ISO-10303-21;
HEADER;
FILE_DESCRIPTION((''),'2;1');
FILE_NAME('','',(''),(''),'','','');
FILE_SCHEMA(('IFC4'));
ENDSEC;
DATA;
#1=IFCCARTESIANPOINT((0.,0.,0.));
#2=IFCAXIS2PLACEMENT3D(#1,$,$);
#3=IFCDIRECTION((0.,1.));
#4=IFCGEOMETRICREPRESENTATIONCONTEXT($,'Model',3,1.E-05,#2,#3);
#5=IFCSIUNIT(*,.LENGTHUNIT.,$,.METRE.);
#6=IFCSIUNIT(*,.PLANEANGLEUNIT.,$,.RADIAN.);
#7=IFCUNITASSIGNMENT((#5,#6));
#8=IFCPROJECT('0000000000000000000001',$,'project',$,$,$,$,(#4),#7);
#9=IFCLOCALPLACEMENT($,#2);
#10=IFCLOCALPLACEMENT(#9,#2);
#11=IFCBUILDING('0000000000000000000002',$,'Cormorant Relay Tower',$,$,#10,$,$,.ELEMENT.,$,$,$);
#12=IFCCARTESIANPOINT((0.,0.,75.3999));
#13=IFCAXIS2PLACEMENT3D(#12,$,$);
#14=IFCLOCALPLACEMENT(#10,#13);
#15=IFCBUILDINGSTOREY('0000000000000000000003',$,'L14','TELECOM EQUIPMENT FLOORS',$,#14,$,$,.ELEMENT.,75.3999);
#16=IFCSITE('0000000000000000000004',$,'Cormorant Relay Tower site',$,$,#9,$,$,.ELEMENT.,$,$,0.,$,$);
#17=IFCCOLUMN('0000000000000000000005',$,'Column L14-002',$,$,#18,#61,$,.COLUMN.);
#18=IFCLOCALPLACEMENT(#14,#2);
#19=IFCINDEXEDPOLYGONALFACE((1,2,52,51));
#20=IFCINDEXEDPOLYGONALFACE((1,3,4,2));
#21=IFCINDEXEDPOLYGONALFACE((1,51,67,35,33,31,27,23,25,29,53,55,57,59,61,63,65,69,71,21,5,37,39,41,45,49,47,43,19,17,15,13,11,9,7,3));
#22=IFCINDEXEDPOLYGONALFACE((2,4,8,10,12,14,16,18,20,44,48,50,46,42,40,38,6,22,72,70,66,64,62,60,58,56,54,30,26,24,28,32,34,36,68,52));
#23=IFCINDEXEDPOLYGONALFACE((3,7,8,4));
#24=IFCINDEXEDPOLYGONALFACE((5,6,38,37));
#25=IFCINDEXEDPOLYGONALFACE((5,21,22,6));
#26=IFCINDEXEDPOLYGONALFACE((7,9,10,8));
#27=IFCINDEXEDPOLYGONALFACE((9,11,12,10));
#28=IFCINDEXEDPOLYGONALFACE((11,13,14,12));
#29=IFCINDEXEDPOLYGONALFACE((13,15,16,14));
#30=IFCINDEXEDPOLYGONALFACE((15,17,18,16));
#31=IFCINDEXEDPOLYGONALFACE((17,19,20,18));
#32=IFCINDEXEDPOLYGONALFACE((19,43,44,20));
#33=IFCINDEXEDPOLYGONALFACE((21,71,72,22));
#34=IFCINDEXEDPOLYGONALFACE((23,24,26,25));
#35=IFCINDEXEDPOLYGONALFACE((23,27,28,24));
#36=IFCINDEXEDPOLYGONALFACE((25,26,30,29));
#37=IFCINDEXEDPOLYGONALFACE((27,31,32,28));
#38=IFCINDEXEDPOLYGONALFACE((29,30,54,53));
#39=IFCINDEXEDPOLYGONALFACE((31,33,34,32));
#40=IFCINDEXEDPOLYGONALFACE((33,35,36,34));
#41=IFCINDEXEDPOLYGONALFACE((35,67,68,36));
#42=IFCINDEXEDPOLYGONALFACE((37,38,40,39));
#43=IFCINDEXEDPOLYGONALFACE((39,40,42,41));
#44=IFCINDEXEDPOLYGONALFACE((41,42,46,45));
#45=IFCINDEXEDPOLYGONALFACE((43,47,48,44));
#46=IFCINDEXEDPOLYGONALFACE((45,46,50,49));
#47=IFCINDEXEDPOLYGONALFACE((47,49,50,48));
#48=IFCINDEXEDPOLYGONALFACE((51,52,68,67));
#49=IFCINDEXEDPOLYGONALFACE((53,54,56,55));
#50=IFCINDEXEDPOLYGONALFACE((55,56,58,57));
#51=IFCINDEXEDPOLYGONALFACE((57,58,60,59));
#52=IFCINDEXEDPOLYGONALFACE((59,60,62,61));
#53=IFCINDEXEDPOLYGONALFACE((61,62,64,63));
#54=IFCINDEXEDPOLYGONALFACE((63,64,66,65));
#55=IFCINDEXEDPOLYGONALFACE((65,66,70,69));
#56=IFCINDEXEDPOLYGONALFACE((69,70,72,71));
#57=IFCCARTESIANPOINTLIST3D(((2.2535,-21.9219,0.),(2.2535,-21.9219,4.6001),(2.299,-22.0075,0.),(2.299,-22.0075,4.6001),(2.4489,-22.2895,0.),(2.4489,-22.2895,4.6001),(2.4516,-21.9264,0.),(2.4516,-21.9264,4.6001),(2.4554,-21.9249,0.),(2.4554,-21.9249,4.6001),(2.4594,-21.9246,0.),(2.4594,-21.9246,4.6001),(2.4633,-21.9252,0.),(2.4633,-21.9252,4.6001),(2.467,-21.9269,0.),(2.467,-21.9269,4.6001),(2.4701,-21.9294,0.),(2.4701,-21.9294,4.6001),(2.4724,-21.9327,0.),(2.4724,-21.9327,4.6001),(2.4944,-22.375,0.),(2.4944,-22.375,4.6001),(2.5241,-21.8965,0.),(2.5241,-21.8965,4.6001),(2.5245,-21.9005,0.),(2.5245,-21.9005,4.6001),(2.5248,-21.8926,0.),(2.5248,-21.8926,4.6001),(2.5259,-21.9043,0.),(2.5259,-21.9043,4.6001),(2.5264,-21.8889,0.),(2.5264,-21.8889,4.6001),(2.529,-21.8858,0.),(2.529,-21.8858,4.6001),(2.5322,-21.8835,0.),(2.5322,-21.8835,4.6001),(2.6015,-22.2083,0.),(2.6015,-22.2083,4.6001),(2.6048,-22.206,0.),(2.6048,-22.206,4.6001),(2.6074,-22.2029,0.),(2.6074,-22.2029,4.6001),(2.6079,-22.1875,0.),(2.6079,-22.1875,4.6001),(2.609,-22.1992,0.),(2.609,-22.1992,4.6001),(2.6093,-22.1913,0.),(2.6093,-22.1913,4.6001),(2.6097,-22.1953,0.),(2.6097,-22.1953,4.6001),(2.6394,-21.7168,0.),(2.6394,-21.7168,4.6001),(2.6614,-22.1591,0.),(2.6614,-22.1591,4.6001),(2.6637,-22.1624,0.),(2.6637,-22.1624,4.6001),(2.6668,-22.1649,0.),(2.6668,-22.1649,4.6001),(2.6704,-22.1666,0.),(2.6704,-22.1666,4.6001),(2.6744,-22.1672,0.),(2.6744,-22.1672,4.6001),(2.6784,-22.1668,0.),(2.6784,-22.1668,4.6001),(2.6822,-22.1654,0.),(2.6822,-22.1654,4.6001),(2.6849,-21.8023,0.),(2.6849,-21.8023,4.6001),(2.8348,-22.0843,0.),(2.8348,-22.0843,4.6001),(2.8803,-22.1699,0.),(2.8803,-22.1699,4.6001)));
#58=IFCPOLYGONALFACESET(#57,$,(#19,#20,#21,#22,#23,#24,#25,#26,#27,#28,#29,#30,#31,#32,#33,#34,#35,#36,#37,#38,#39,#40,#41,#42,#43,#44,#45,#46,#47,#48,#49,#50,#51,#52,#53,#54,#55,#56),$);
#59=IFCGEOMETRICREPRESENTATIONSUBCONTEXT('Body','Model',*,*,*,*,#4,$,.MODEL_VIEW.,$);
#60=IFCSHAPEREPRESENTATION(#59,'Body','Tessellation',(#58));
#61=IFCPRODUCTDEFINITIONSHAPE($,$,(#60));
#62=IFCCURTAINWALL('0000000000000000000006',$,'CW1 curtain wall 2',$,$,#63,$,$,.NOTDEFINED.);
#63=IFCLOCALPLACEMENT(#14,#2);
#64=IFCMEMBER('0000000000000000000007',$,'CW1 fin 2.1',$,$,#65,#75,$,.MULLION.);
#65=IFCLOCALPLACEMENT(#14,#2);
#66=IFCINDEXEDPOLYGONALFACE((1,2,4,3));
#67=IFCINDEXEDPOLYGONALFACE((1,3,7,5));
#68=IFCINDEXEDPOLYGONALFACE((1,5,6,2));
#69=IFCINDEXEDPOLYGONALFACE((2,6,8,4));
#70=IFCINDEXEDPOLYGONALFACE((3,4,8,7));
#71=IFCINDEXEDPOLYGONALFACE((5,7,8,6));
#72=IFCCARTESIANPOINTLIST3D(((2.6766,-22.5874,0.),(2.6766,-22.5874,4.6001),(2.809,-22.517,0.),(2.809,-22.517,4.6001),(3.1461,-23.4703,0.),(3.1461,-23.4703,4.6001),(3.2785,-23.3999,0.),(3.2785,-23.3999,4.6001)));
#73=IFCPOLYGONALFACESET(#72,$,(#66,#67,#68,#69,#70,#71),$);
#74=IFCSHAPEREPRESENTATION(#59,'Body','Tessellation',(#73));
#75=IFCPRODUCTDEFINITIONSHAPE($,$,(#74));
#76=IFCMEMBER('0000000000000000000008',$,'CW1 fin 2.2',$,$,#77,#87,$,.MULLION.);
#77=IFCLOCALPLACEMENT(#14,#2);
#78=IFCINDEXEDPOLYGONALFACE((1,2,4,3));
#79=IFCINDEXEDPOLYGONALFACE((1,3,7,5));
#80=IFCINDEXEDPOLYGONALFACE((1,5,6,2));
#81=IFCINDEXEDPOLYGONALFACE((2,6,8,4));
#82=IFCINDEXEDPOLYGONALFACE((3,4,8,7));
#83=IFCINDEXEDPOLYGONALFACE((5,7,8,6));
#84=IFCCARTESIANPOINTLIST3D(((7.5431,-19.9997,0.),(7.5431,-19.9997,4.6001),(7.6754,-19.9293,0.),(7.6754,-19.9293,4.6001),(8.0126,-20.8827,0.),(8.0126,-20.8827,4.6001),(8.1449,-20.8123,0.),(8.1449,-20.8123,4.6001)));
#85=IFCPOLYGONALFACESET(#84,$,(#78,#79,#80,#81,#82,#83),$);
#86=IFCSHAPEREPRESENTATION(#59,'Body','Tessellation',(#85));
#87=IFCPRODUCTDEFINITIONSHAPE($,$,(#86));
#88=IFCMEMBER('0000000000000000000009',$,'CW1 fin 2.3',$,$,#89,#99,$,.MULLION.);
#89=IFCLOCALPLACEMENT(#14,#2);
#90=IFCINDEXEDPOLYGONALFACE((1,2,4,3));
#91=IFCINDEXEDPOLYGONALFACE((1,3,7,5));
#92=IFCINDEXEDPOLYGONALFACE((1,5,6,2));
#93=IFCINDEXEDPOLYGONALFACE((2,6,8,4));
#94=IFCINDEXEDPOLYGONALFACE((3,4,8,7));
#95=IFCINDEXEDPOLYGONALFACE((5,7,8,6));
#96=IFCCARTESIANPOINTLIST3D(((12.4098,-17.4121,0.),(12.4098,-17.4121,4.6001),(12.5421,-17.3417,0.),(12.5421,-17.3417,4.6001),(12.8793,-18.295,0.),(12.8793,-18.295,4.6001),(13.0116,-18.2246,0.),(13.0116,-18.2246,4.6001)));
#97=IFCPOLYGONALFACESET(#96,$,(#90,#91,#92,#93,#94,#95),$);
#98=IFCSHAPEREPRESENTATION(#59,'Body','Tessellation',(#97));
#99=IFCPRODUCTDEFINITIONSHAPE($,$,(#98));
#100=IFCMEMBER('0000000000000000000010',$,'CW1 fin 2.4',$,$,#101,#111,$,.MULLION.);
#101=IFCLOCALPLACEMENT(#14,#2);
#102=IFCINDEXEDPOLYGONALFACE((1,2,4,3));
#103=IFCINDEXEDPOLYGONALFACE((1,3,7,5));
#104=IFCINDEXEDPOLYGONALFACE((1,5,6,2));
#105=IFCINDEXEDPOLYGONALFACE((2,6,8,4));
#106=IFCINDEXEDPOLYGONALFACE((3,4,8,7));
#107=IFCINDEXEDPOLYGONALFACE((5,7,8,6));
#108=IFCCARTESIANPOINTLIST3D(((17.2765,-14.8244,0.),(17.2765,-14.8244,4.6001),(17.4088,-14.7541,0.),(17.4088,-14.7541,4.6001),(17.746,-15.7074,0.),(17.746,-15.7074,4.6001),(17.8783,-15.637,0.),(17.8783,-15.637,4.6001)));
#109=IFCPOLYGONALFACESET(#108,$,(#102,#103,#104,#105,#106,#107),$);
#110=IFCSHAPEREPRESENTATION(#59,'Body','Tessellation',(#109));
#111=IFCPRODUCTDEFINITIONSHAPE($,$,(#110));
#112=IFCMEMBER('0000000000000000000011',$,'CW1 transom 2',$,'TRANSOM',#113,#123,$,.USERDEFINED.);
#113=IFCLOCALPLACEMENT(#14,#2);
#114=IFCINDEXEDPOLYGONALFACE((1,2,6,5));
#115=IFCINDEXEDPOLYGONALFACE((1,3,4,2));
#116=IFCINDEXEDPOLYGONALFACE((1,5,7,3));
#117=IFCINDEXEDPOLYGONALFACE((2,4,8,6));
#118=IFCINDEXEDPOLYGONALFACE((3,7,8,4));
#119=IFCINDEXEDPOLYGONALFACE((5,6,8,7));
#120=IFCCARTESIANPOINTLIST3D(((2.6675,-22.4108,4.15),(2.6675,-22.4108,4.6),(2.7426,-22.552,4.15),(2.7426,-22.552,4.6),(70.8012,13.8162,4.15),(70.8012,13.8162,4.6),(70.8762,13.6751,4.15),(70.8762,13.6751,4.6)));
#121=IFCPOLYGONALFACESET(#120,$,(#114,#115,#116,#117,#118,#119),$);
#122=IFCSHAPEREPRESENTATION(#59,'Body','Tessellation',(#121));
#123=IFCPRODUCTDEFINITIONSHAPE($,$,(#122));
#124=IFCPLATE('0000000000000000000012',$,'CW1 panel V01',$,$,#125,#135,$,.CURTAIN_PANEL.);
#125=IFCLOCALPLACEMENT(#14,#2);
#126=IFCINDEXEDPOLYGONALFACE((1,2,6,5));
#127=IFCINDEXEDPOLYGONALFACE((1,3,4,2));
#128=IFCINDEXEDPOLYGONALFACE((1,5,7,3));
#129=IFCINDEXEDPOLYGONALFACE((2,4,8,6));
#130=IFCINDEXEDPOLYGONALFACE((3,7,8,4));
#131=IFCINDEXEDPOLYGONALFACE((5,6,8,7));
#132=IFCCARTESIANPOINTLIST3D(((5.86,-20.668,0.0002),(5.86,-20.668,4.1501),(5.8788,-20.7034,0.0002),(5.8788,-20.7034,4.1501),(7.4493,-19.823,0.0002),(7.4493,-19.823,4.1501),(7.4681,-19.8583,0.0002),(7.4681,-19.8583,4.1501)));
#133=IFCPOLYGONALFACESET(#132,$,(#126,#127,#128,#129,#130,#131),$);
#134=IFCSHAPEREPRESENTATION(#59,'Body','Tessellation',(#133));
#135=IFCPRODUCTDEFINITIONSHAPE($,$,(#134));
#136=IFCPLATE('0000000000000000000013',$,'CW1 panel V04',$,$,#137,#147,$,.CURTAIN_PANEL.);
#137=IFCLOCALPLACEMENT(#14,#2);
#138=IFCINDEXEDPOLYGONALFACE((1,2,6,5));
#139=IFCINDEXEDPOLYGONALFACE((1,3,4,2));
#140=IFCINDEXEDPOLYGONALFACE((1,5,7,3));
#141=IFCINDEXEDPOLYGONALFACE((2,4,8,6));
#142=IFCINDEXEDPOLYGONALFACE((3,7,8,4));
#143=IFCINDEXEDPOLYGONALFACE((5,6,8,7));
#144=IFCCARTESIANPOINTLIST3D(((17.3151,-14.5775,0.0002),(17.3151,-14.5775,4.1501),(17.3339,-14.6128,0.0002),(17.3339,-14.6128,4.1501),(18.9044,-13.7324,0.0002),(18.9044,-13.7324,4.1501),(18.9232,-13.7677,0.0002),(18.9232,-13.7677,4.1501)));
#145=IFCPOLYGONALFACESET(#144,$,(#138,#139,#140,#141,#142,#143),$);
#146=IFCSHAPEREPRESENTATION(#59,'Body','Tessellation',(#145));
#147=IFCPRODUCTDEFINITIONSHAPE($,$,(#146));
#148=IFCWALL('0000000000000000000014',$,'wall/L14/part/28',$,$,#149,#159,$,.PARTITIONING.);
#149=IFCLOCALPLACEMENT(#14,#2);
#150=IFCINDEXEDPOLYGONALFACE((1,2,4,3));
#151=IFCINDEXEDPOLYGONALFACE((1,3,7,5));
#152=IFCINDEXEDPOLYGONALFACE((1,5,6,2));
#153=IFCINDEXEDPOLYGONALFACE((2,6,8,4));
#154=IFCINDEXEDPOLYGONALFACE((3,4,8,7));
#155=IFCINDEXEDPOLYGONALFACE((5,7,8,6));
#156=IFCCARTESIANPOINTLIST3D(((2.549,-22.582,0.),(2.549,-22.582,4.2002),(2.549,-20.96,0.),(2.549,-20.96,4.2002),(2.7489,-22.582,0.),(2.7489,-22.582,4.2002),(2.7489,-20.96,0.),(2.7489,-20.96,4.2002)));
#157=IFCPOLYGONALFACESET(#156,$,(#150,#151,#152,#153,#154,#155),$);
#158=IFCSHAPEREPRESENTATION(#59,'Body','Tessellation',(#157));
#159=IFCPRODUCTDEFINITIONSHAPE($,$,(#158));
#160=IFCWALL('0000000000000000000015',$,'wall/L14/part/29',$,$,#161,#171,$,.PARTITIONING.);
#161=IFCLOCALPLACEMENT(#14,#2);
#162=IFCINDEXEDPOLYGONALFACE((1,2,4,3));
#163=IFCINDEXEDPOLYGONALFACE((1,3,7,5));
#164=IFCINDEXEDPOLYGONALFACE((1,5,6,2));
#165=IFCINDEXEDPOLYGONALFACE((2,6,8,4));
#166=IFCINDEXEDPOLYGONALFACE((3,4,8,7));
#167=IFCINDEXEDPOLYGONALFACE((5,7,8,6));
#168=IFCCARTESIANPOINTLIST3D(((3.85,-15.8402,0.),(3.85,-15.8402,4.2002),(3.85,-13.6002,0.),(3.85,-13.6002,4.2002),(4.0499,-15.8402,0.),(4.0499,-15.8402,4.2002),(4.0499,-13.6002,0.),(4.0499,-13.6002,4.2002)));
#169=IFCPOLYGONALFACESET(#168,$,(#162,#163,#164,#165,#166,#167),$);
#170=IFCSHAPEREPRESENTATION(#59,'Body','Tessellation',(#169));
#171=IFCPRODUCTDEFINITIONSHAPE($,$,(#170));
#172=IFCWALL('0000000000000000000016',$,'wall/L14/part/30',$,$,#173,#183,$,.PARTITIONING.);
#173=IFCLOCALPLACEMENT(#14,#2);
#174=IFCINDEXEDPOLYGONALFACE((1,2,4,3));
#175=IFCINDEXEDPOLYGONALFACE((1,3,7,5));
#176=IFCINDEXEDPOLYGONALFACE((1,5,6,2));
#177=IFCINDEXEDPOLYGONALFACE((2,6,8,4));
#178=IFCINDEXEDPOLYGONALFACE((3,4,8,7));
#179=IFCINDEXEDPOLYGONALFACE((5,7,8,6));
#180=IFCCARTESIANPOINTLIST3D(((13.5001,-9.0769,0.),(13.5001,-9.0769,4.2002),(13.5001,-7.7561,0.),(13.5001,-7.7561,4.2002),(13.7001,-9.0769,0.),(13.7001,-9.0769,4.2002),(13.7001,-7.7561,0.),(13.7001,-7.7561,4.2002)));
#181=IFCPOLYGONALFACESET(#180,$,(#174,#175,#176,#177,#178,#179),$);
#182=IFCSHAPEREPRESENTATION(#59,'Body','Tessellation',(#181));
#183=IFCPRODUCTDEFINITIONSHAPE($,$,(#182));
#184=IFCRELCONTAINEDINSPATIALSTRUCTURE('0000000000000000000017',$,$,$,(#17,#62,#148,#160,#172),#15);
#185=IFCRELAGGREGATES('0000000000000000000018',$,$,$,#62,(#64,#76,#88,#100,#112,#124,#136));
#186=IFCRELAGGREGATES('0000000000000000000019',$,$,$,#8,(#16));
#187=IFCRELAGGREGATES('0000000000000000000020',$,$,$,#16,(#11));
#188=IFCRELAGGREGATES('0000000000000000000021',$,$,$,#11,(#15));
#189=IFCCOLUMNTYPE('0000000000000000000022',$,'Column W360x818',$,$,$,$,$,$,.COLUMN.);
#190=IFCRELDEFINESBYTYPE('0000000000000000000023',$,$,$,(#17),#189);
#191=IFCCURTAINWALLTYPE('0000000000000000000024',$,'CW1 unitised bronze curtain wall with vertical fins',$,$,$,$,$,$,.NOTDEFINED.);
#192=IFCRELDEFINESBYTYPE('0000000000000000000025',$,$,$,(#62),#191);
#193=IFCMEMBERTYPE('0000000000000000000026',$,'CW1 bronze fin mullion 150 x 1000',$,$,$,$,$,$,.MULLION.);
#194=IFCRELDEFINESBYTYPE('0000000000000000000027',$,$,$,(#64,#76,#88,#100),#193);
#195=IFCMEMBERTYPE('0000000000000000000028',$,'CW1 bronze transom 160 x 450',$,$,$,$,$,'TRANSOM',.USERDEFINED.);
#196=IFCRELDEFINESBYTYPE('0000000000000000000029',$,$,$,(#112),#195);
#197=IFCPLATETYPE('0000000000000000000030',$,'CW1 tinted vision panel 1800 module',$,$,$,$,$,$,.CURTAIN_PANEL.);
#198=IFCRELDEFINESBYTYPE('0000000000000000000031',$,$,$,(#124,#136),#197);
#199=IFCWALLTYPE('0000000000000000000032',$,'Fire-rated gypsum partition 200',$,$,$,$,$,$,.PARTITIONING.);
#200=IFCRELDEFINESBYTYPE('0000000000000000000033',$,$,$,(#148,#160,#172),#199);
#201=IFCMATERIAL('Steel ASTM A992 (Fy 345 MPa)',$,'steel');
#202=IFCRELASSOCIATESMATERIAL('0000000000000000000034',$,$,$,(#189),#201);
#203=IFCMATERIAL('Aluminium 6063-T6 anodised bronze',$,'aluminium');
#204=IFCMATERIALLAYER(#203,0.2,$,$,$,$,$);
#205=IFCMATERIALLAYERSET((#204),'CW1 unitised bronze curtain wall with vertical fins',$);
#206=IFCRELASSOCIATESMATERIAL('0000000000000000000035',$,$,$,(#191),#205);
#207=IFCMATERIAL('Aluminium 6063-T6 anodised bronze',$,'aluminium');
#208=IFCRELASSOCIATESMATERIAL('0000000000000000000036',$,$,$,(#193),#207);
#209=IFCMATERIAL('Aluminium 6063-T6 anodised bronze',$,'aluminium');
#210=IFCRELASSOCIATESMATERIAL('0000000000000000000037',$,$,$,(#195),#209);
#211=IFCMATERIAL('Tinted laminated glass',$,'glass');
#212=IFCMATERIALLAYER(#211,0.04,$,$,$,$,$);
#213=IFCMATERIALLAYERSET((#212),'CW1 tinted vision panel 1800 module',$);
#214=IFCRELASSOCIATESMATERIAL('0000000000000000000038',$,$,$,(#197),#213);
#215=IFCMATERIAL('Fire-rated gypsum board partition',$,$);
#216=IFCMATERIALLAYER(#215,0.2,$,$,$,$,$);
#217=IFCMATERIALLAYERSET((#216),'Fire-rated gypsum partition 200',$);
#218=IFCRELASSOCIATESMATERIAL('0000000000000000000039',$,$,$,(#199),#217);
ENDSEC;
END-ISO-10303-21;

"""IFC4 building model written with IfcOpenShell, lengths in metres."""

from ifc_helpers import new_model, si_unit, direction, frame, frame_2d, origin, origin_2d, place, context, subcontext, project, spatial, rectangle, i_section, extrude, material, layer, layer_set, material_profile, profile_set, type_object, element, aggregate, save


model = new_model("IFC4")

# Units and contexts
model_context = context("Model", 3, precision=1e-05, world=origin(), true_north=direction((0.0, 1.0)))
body_context = subcontext(model_context, "Body", "Model", "MODEL_VIEW")
ifc_project = project(units=[si_unit("LENGTHUNIT", "METRE"), si_unit("PLANEANGLEUNIT", "RADIAN")], contexts=[model_context])

# Site, building, storey
site_placement = place(None, origin())
site = spatial("IfcSite", under=ifc_project, at=site_placement, Name="Cormorant Relay Tower site", CompositionType="ELEMENT", RefElevation=0.0)
building_placement = place(site_placement, origin())
building = spatial("IfcBuilding", under=site, at=building_placement, Name="Cormorant Relay Tower", CompositionType="ELEMENT")
storey_placement = place(building_placement, frame((0.0, 0.0, 75.3999)))
storey = spatial("IfcBuildingStorey", under=building, at=storey_placement, Name="L14", Description="TELECOM EQUIPMENT FLOORS", CompositionType="ELEMENT", Elevation=75.3999)

# Column
ifc_material_1 = material(Name="Steel ASTM A992 (Fy 345 MPa)", Category="steel")
ifc_material_profile_1 = material_profile(ifc_material_1, i_section(OverallWidth=0.437, OverallDepth=0.5132, WebThickness=0.0605, FlangeThickness=0.0969, FilletRadius=0.0154, at=origin_2d()), Name="W360x818")
ifc_profile_set_1 = profile_set([ifc_material_profile_1], Name="Steel ASTM A992 (Fy 345 MPa)")
column_type_1 = type_object("IfcColumnType", Name="Column W360x818", PredefinedType="COLUMN", material=ifc_profile_set_1)
column_1_placement = place(storey_placement, frame((2.5669, -22.0459, 0.0), z_axis=(0.0, 0.0, 1.0), x_axis=(0.882948, 0.469472, 0.0)))
element("IfcColumn", 1, at=column_1_placement, inside=storey, type_object=column_type_1, Name="Column L14-002", PredefinedType="COLUMN", context=body_context, shape_type="SweptSolid", body=[
    extrude(i_section(OverallWidth=0.437, OverallDepth=0.5132, WebThickness=0.0605, FlangeThickness=0.0969, FilletRadius=0.0154, at=origin_2d()), origin(), (0.0, 0.0, 1.0), 4.6001),
])

# Curtain wall, members, plates
ifc_material_2 = material(Name="Aluminium 6063-T6 anodised bronze", Category="aluminium")
ifc_layer_1 = layer(ifc_material_2, 0.2)
ifc_layer_set_1 = layer_set([ifc_layer_1], Name="CW1 unitised bronze curtain wall with vertical fins")
curtain_wall_type = type_object("IfcCurtainWallType", Name="CW1 unitised bronze curtain wall with vertical fins", PredefinedType="NOTDEFINED", material=ifc_layer_set_1)
curtain_wall_1_placement = place(storey_placement, origin())
curtain_wall_1 = element("IfcCurtainWall", 2, at=curtain_wall_1_placement, inside=storey, type_object=curtain_wall_type, Name="CW1 curtain wall 2", PredefinedType="NOTDEFINED")
ifc_material_3 = material(Name="Aluminium 6063-T6 anodised bronze", Category="aluminium")
ifc_material_profile_2 = material_profile(ifc_material_3, rectangle(XDim=0.1499, YDim=1.0, at=origin_2d()), Name="AL 150x1000")
ifc_profile_set_2 = profile_set([ifc_material_profile_2], Name="Aluminium 6063-T6 anodised bronze")
member_type_1 = type_object("IfcMemberType", Name="CW1 bronze fin mullion 150 x 1000", PredefinedType="MULLION", material=ifc_profile_set_2)
member_1_placement = place(storey_placement, frame((2.9775, -22.9937, 0.0), z_axis=(0.0, 0.0, 1.0), x_axis=(0.882948, 0.469472, 0.0)))
member_1 = element("IfcMember", 3, at=member_1_placement, type_object=member_type_1, Name="CW1 fin 2.1", PredefinedType="MULLION", context=body_context, shape_type="SweptSolid", body=[
    extrude(rectangle(XDim=0.1499, YDim=1.0, at=origin_2d()), origin(), (0.0, 0.0, 1.0), 4.6001),
])
member_2_placement = place(storey_placement, frame((7.844, -20.406, 0.0), z_axis=(0.0, 0.0, 1.0), x_axis=(0.882948, 0.469472, 0.0)))
member_2 = element("IfcMember", 4, at=member_2_placement, type_object=member_type_1, Name="CW1 fin 2.2", PredefinedType="MULLION", context=body_context, shape_type="SweptSolid", body=[
    extrude(rectangle(XDim=0.1499, YDim=1.0, at=origin_2d()), origin(), (0.0, 0.0, 1.0), 4.6001),
])
member_3_placement = place(storey_placement, frame((12.7107, -17.8184, 0.0), z_axis=(0.0, 0.0, 1.0), x_axis=(0.882948, 0.469472, 0.0)))
member_3 = element("IfcMember", 5, at=member_3_placement, type_object=member_type_1, Name="CW1 fin 2.3", PredefinedType="MULLION", context=body_context, shape_type="SweptSolid", body=[
    extrude(rectangle(XDim=0.1499, YDim=1.0, at=origin_2d()), origin(), (0.0, 0.0, 1.0), 4.6001),
])
member_4_placement = place(storey_placement, frame((17.5774, -15.2307, 0.0), z_axis=(0.0, 0.0, 1.0), x_axis=(0.882948, 0.469472, 0.0)))
member_4 = element("IfcMember", 6, at=member_4_placement, type_object=member_type_1, Name="CW1 fin 2.4", PredefinedType="MULLION", context=body_context, shape_type="SweptSolid", body=[
    extrude(rectangle(XDim=0.1499, YDim=1.0, at=origin_2d()), origin(), (0.0, 0.0, 1.0), 4.6001),
])
ifc_material_4 = material(Name="Aluminium 6063-T6 anodised bronze", Category="aluminium")
ifc_material_profile_3 = material_profile(ifc_material_4, rectangle(XDim=0.1599, YDim=0.45, at=origin_2d()), Name="AL 160x450")
ifc_profile_set_3 = profile_set([ifc_material_profile_3], Name="Aluminium 6063-T6 anodised bronze")
member_type_2 = type_object("IfcMemberType", Name="CW1 bronze transom 160 x 450", ElementType="TRANSOM", PredefinedType="USERDEFINED", material=ifc_profile_set_3)
member_5_placement = place(storey_placement, frame((2.7051, -22.4814, 4.375), z_axis=(0.882949, 0.46947, 0.0), x_axis=(-0.46947, 0.882949, 0.0)))
member_5 = element("IfcMember", 7, at=member_5_placement, type_object=member_type_2, Name="CW1 transom 2", ObjectType="TRANSOM", PredefinedType="USERDEFINED", context=body_context, shape_type="SweptSolid", body=[
    extrude(rectangle(XDim=0.1599, YDim=0.45, at=origin_2d()), origin(), (0.0, 0.0, 1.0), 77.166),
])
ifc_material_5 = material(Name="Tinted laminated glass", Category="glass")
ifc_layer_2 = layer(ifc_material_5, 0.04)
ifc_layer_set_2 = layer_set([ifc_layer_2], Name="CW1 tinted vision panel 1800 module")
plate_type = type_object("IfcPlateType", Name="CW1 tinted vision panel 1800 module", PredefinedType="CURTAIN_PANEL", material=ifc_layer_set_2)
plate_1_placement = place(storey_placement, frame((6.6641, -20.2632, 0.0002), z_axis=(0.0, 0.0, 1.0), x_axis=(0.882948, 0.469472, 0.0)))
plate_1 = element("IfcPlate", 8, at=plate_1_placement, type_object=plate_type, Name="CW1 panel V01", PredefinedType="CURTAIN_PANEL", context=body_context, shape_type="SweptSolid", body=[
    extrude(rectangle(XDim=1.8, YDim=0.04, at=origin_2d()), origin(), (0.0, 0.0, 1.0), 4.1499),
])
plate_2_placement = place(storey_placement, frame((18.1191, -14.1726, 0.0002), z_axis=(0.0, 0.0, 1.0), x_axis=(0.882948, 0.469472, 0.0)))
plate_2 = element("IfcPlate", 9, at=plate_2_placement, type_object=plate_type, Name="CW1 panel V04", PredefinedType="CURTAIN_PANEL", context=body_context, shape_type="SweptSolid", body=[
    extrude(rectangle(XDim=1.8, YDim=0.04, at=origin_2d()), origin(), (0.0, 0.0, 1.0), 4.1499),
])

# Walls
ifc_material_6 = material(Name="Fire-rated gypsum board partition")
ifc_layer_3 = layer(ifc_material_6, 0.2)
ifc_layer_set_3 = layer_set([ifc_layer_3], Name="Fire-rated gypsum partition 200")
wall_type_1 = type_object("IfcWallType", Name="Fire-rated gypsum partition 200", PredefinedType="PARTITIONING", material=ifc_layer_set_3)
wall_1_placement = place(storey_placement, frame((2.6489, -22.582, 0.0), z_axis=(0.0, 0.0, 1.0), x_axis=(0.0, 1.0, 0.0)))
element("IfcWall", 10, at=wall_1_placement, inside=storey, type_object=wall_type_1, Name="wall/L14/part/28", PredefinedType="PARTITIONING", context=body_context, shape_type="SweptSolid", body=[
    extrude(rectangle(XDim=1.6221, YDim=0.2, at=frame_2d((0.811, 0.0))), origin(), (0.0, 0.0, 1.0), 4.2002),
])
wall_2_placement = place(storey_placement, frame((3.95, -13.6001, 0.0), z_axis=(0.0, 0.0, 1.0), x_axis=(0.0, -1.0, 0.0)))
element("IfcWall", 11, at=wall_2_placement, inside=storey, type_object=wall_type_1, Name="wall/L14/part/29", PredefinedType="PARTITIONING", context=body_context, shape_type="SweptSolid", body=[
    extrude(rectangle(XDim=2.24, YDim=0.2, at=frame_2d((1.1201, 0.0))), origin(), (0.0, 0.0, 1.0), 4.2002),
])
wall_3_placement = place(storey_placement, frame((13.6001, -7.7561, 0.0), z_axis=(0.0, 0.0, 1.0), x_axis=(0.0, -1.0, 0.0)))
element("IfcWall", 12, at=wall_3_placement, inside=storey, type_object=wall_type_1, Name="wall/L14/part/30", PredefinedType="PARTITIONING", context=body_context, shape_type="SweptSolid", body=[
    extrude(rectangle(XDim=1.3208, YDim=0.2, at=frame_2d((0.6604, 0.0))), origin(), (0.0, 0.0, 1.0), 4.2002),
])

aggregate(curtain_wall_1, [member_1, member_2, member_3, member_4, member_5, plate_1, plate_2])

save(model, "model.ifc")
